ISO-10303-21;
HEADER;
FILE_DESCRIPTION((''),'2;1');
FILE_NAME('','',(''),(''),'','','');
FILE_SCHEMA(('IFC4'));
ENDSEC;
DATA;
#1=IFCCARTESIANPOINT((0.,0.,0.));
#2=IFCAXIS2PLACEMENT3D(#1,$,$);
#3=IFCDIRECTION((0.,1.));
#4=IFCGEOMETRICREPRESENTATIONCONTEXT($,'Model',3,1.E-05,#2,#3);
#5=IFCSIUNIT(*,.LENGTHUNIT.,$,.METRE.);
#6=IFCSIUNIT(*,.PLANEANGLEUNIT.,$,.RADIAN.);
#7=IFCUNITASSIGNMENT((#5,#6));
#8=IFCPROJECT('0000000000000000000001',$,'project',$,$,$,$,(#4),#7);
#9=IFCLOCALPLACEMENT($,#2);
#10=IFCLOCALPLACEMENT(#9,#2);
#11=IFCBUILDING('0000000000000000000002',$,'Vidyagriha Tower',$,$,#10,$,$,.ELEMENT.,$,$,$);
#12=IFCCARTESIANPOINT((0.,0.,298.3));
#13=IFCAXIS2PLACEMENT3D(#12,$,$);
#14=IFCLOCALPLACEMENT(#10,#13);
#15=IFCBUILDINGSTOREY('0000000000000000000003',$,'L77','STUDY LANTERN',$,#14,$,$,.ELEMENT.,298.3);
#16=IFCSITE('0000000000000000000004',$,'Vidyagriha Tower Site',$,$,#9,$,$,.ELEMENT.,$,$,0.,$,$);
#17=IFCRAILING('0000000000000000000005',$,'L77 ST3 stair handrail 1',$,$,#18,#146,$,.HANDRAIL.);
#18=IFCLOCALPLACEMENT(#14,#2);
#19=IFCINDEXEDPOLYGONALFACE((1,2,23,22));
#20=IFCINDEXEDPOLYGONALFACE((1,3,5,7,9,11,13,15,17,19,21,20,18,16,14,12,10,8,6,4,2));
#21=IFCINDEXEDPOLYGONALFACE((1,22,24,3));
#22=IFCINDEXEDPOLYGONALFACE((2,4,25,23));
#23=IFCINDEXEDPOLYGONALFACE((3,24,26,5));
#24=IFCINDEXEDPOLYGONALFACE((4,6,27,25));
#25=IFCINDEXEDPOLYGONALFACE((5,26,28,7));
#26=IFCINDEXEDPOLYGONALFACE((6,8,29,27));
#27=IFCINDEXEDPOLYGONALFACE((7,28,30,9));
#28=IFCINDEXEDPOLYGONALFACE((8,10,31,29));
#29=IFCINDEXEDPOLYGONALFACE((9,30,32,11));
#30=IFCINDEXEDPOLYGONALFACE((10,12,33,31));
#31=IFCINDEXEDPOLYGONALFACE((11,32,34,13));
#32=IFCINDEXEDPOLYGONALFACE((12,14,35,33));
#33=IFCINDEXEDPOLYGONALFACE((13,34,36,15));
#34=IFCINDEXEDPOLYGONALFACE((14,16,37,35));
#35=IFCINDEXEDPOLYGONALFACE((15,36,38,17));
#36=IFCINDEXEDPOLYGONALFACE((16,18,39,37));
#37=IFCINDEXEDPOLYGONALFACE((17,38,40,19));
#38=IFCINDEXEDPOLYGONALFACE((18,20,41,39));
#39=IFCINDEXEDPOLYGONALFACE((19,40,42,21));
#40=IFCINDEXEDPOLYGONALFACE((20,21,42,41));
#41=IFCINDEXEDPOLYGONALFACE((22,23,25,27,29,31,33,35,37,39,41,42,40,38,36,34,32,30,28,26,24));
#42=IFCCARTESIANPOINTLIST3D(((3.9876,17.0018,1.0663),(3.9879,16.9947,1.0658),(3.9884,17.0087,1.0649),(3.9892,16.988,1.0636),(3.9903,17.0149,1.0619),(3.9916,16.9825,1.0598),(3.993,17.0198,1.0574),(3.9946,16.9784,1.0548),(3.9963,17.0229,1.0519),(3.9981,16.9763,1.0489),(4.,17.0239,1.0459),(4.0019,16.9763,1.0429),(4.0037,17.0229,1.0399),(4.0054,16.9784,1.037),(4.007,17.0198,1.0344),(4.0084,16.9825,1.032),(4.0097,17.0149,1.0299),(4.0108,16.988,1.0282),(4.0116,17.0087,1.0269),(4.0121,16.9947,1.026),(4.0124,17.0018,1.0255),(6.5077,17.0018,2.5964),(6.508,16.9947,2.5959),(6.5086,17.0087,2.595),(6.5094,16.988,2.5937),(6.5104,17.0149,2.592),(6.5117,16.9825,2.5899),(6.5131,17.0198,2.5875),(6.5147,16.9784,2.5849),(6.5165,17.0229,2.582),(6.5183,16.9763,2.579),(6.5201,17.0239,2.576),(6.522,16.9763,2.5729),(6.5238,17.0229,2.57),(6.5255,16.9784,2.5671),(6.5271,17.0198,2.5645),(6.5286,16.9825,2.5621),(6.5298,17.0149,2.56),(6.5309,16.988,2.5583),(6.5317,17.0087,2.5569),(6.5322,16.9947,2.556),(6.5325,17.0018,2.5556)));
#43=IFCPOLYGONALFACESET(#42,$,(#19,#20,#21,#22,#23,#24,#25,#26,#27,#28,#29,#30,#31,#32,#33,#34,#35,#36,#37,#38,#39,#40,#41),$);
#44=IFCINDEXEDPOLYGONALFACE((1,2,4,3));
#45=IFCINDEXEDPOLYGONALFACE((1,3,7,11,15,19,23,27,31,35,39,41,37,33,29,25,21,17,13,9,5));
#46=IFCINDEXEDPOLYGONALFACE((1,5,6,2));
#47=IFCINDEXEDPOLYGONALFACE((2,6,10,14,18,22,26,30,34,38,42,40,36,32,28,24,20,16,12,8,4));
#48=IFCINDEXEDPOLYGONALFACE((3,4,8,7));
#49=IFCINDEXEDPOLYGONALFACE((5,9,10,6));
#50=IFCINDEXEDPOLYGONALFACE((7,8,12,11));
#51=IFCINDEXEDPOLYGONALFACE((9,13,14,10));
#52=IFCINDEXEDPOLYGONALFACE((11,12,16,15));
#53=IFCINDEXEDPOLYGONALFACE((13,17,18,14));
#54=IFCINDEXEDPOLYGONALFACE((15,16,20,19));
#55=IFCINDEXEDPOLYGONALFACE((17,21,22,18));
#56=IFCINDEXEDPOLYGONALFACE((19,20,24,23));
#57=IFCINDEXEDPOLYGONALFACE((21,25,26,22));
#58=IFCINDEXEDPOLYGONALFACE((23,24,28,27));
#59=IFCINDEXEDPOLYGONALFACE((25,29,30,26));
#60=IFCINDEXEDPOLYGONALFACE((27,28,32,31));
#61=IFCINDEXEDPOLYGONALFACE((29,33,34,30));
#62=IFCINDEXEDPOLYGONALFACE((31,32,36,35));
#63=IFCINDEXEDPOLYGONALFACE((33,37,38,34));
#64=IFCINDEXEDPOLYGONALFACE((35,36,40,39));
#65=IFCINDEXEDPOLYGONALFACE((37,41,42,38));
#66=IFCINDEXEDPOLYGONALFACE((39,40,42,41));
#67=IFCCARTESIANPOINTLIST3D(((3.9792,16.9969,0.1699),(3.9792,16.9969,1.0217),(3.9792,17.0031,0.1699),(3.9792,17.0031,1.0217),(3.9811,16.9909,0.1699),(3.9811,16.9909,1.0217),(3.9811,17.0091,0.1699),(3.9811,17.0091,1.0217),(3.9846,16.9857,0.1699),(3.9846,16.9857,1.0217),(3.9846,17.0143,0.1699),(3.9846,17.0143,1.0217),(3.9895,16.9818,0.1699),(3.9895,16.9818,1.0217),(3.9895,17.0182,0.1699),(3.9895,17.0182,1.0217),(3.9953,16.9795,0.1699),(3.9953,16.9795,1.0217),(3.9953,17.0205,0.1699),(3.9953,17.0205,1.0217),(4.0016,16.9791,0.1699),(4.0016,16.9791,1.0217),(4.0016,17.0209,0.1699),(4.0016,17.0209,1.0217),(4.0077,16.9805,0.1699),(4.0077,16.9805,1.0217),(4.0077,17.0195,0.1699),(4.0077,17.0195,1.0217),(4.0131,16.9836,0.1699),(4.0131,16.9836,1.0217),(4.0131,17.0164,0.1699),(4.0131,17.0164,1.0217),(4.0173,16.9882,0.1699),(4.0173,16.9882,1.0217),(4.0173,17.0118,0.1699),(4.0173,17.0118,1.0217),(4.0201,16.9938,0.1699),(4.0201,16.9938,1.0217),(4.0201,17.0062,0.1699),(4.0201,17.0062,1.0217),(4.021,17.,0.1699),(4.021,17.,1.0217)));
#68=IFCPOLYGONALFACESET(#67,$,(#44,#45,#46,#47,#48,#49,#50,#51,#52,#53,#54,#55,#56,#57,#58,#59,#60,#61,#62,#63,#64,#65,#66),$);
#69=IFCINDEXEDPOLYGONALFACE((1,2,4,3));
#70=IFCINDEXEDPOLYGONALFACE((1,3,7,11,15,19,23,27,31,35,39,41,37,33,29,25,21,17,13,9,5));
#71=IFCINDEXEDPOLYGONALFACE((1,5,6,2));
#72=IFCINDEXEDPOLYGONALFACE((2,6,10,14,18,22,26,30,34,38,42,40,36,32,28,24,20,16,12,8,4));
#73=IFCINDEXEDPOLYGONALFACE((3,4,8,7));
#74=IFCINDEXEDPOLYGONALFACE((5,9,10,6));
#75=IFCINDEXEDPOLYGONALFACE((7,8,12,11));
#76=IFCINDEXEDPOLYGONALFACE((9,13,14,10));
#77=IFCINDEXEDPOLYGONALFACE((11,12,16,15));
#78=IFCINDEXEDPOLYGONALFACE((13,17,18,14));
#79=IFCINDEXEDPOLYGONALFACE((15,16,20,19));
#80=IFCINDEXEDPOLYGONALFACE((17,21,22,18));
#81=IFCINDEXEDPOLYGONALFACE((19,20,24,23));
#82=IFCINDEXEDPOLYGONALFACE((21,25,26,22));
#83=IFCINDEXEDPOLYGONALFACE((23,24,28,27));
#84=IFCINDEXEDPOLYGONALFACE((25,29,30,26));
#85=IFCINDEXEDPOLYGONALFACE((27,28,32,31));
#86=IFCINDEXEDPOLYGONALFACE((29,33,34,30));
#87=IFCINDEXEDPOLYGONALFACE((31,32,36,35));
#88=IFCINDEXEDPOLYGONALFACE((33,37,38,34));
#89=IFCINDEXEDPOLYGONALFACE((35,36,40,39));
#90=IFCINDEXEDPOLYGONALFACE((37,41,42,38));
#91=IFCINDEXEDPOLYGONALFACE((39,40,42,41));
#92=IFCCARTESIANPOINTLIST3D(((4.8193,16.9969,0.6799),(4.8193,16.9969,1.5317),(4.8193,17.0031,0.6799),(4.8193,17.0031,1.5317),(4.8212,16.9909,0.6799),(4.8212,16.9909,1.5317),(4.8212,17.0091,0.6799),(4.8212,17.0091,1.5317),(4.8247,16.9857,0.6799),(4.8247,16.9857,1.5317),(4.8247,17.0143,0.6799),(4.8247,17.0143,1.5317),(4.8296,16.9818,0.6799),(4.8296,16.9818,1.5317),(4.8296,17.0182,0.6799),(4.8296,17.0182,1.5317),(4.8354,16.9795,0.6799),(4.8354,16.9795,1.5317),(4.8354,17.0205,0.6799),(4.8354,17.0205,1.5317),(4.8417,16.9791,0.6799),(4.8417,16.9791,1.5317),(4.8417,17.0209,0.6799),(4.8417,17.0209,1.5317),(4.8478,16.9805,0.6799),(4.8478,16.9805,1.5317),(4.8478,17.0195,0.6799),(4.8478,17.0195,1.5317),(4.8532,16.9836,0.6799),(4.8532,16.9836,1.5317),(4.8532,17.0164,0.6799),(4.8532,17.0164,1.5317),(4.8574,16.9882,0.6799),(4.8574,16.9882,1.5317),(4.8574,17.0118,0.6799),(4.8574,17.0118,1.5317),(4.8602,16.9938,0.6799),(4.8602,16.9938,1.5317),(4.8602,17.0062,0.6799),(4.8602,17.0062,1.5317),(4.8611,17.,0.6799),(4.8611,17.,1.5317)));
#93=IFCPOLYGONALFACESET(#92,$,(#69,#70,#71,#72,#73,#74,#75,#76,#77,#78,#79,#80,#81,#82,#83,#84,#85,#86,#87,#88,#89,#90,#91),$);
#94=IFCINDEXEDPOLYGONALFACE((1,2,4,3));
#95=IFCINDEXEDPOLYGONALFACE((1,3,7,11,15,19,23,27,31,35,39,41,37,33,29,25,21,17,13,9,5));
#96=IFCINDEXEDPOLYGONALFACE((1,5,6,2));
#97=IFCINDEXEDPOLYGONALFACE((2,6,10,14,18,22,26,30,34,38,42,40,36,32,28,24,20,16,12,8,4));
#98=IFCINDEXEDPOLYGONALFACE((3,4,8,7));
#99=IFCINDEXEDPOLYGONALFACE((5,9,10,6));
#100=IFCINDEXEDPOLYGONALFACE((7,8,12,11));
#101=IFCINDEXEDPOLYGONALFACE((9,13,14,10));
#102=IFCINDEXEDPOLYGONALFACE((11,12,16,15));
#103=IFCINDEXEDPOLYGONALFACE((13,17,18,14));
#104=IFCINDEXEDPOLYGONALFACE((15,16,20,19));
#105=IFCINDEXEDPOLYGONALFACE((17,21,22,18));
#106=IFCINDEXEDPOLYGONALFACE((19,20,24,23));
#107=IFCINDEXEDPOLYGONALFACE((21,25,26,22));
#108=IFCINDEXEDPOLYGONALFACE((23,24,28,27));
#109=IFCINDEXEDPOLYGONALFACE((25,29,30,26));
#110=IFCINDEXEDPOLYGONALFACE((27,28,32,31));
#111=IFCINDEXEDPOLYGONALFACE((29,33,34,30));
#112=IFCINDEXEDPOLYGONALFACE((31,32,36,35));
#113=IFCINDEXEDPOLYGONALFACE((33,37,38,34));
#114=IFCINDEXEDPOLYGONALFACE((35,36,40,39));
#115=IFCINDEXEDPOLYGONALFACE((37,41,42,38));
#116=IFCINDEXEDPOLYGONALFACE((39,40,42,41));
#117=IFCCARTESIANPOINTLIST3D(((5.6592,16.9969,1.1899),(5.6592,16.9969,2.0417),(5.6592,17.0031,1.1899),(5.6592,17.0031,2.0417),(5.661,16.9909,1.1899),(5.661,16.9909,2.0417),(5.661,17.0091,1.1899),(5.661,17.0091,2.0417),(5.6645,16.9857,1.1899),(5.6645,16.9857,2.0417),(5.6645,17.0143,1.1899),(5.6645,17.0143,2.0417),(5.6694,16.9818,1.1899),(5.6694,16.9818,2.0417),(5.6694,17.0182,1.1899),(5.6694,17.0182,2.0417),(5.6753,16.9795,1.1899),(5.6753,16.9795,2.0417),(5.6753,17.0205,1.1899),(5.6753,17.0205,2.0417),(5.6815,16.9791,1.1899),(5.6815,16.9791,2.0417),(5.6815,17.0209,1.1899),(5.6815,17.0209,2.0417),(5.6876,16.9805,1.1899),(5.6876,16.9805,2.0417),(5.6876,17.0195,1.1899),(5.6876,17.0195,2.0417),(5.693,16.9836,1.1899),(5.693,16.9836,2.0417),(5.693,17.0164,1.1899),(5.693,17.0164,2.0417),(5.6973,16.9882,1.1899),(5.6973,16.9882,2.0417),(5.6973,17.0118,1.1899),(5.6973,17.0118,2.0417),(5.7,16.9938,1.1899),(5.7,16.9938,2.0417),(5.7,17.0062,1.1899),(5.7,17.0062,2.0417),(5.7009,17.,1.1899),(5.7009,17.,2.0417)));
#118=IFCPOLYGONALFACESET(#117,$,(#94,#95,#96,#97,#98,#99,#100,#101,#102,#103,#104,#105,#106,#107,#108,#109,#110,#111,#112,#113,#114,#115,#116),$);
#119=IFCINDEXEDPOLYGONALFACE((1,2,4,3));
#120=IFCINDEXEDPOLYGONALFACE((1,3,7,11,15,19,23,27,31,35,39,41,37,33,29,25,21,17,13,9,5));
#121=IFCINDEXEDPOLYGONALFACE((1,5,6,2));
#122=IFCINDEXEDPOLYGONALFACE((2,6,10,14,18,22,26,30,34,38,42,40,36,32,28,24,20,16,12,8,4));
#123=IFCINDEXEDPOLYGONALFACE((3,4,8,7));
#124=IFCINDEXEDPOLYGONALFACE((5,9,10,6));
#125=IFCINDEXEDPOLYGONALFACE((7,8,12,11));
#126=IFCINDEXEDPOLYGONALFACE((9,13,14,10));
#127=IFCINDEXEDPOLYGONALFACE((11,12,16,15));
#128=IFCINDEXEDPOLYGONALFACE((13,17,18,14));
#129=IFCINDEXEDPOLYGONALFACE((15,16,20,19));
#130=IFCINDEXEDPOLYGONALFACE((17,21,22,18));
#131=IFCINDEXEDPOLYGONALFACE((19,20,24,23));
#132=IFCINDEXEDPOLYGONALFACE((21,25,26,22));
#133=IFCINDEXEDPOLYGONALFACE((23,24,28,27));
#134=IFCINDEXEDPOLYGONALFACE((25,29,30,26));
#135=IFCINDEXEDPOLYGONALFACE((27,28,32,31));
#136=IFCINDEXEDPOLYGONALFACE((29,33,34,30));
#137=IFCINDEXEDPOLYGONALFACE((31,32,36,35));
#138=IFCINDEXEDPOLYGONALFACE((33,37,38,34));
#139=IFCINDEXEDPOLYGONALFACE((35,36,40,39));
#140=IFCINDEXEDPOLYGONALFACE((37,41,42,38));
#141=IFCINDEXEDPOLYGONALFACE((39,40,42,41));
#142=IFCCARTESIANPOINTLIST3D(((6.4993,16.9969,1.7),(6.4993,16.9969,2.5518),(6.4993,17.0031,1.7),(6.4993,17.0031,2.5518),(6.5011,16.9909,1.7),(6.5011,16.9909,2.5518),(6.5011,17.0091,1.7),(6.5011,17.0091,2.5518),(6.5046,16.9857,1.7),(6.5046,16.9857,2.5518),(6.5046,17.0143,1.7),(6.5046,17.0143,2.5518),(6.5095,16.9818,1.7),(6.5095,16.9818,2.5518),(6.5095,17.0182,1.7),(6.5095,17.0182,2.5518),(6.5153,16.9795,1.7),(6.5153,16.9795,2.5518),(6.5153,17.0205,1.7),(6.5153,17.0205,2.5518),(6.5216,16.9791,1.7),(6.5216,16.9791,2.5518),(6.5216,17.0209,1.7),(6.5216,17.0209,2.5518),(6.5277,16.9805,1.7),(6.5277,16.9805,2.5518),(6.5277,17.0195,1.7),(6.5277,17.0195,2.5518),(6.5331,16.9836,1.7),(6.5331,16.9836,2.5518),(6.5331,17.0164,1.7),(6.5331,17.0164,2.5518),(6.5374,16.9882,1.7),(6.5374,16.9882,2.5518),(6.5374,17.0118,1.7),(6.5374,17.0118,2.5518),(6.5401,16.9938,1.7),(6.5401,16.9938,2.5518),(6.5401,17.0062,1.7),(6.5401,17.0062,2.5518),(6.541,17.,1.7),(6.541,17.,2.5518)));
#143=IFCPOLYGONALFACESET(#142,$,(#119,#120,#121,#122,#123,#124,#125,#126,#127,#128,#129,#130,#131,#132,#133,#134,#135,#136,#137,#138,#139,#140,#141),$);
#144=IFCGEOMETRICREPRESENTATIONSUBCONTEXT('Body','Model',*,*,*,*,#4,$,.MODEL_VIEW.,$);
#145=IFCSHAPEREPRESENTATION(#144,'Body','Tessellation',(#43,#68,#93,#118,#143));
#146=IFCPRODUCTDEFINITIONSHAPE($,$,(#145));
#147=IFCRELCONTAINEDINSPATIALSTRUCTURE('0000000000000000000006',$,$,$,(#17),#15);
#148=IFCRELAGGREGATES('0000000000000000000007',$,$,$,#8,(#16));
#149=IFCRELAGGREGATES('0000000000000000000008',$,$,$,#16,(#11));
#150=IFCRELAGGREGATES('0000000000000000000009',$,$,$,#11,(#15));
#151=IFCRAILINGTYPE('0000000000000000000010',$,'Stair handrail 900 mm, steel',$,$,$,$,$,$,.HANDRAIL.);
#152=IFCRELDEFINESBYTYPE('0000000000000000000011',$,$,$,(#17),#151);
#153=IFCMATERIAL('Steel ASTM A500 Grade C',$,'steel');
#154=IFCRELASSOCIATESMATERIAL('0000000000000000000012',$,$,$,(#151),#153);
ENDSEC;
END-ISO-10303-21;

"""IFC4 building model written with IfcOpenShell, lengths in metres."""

from ifc_helpers import new_model, si_unit, direction, frame, origin, origin_2d, place, context, subcontext, project, spatial, circle, extrude, material, type_object, element, save


model = new_model("IFC4")

# Units and contexts
model_context = context("Model", 3, precision=1e-05, world=origin(), true_north=direction((0.0, 1.0)))
body_context = subcontext(model_context, "Body", "Model", "MODEL_VIEW")
ifc_project = project(units=[si_unit("LENGTHUNIT", "METRE"), si_unit("PLANEANGLEUNIT", "RADIAN")], contexts=[model_context])

# Site, building, storey
site_placement = place(None, origin())
site = spatial("IfcSite", under=ifc_project, at=site_placement, Name="Vidyagriha Tower Site", CompositionType="ELEMENT", RefElevation=0.0)
building_placement = place(site_placement, origin())
building = spatial("IfcBuilding", under=site, at=building_placement, Name="Vidyagriha Tower", CompositionType="ELEMENT")
storey_placement = place(building_placement, frame((0.0, 0.0, 298.3)))
storey = spatial("IfcBuildingStorey", under=building, at=storey_placement, Name="L77", Description="STUDY LANTERN", CompositionType="ELEMENT", Elevation=298.3)

# Railing
ifc_material_1 = material(Name="Steel ASTM A500 Grade C", Category="steel")
railing_type_1 = type_object("IfcRailingType", Name="Stair handrail 900 mm, steel", PredefinedType="HANDRAIL", material=ifc_material_1)
railing_1_placement = place(storey_placement, frame((4.0, 17.0, 0.1699)))
element("IfcRailing", 1, at=railing_1_placement, inside=storey, type_object=railing_type_1, Name="L77 ST3 stair handrail 1", PredefinedType="HANDRAIL", context=body_context, shape_type="SweptSolid", body=[
    extrude(circle(Radius=0.0239, at=origin_2d()), frame((0.0, 0.0, 0.876), z_axis=(0.854785, 0.0, 0.518982), x_axis=(0.0, 1.0, 0.0)), (0.0, 0.0, 1.0), 2.9482),
    extrude(circle(Radius=0.021, at=origin_2d()), origin(), (0.0, 0.0, 1.0), 0.8518),
    extrude(circle(Radius=0.021, at=origin_2d()), frame((0.8401, 0.0, 0.51)), (0.0, 0.0, 1.0), 0.8518),
    extrude(circle(Radius=0.021, at=origin_2d()), frame((1.6799, 0.0, 1.02)), (0.0, 0.0, 1.0), 0.8518),
    extrude(circle(Radius=0.021, at=origin_2d()), frame((2.52, 0.0, 1.53)), (0.0, 0.0, 1.0), 0.8518),
])

save(model, "model.ifc")
